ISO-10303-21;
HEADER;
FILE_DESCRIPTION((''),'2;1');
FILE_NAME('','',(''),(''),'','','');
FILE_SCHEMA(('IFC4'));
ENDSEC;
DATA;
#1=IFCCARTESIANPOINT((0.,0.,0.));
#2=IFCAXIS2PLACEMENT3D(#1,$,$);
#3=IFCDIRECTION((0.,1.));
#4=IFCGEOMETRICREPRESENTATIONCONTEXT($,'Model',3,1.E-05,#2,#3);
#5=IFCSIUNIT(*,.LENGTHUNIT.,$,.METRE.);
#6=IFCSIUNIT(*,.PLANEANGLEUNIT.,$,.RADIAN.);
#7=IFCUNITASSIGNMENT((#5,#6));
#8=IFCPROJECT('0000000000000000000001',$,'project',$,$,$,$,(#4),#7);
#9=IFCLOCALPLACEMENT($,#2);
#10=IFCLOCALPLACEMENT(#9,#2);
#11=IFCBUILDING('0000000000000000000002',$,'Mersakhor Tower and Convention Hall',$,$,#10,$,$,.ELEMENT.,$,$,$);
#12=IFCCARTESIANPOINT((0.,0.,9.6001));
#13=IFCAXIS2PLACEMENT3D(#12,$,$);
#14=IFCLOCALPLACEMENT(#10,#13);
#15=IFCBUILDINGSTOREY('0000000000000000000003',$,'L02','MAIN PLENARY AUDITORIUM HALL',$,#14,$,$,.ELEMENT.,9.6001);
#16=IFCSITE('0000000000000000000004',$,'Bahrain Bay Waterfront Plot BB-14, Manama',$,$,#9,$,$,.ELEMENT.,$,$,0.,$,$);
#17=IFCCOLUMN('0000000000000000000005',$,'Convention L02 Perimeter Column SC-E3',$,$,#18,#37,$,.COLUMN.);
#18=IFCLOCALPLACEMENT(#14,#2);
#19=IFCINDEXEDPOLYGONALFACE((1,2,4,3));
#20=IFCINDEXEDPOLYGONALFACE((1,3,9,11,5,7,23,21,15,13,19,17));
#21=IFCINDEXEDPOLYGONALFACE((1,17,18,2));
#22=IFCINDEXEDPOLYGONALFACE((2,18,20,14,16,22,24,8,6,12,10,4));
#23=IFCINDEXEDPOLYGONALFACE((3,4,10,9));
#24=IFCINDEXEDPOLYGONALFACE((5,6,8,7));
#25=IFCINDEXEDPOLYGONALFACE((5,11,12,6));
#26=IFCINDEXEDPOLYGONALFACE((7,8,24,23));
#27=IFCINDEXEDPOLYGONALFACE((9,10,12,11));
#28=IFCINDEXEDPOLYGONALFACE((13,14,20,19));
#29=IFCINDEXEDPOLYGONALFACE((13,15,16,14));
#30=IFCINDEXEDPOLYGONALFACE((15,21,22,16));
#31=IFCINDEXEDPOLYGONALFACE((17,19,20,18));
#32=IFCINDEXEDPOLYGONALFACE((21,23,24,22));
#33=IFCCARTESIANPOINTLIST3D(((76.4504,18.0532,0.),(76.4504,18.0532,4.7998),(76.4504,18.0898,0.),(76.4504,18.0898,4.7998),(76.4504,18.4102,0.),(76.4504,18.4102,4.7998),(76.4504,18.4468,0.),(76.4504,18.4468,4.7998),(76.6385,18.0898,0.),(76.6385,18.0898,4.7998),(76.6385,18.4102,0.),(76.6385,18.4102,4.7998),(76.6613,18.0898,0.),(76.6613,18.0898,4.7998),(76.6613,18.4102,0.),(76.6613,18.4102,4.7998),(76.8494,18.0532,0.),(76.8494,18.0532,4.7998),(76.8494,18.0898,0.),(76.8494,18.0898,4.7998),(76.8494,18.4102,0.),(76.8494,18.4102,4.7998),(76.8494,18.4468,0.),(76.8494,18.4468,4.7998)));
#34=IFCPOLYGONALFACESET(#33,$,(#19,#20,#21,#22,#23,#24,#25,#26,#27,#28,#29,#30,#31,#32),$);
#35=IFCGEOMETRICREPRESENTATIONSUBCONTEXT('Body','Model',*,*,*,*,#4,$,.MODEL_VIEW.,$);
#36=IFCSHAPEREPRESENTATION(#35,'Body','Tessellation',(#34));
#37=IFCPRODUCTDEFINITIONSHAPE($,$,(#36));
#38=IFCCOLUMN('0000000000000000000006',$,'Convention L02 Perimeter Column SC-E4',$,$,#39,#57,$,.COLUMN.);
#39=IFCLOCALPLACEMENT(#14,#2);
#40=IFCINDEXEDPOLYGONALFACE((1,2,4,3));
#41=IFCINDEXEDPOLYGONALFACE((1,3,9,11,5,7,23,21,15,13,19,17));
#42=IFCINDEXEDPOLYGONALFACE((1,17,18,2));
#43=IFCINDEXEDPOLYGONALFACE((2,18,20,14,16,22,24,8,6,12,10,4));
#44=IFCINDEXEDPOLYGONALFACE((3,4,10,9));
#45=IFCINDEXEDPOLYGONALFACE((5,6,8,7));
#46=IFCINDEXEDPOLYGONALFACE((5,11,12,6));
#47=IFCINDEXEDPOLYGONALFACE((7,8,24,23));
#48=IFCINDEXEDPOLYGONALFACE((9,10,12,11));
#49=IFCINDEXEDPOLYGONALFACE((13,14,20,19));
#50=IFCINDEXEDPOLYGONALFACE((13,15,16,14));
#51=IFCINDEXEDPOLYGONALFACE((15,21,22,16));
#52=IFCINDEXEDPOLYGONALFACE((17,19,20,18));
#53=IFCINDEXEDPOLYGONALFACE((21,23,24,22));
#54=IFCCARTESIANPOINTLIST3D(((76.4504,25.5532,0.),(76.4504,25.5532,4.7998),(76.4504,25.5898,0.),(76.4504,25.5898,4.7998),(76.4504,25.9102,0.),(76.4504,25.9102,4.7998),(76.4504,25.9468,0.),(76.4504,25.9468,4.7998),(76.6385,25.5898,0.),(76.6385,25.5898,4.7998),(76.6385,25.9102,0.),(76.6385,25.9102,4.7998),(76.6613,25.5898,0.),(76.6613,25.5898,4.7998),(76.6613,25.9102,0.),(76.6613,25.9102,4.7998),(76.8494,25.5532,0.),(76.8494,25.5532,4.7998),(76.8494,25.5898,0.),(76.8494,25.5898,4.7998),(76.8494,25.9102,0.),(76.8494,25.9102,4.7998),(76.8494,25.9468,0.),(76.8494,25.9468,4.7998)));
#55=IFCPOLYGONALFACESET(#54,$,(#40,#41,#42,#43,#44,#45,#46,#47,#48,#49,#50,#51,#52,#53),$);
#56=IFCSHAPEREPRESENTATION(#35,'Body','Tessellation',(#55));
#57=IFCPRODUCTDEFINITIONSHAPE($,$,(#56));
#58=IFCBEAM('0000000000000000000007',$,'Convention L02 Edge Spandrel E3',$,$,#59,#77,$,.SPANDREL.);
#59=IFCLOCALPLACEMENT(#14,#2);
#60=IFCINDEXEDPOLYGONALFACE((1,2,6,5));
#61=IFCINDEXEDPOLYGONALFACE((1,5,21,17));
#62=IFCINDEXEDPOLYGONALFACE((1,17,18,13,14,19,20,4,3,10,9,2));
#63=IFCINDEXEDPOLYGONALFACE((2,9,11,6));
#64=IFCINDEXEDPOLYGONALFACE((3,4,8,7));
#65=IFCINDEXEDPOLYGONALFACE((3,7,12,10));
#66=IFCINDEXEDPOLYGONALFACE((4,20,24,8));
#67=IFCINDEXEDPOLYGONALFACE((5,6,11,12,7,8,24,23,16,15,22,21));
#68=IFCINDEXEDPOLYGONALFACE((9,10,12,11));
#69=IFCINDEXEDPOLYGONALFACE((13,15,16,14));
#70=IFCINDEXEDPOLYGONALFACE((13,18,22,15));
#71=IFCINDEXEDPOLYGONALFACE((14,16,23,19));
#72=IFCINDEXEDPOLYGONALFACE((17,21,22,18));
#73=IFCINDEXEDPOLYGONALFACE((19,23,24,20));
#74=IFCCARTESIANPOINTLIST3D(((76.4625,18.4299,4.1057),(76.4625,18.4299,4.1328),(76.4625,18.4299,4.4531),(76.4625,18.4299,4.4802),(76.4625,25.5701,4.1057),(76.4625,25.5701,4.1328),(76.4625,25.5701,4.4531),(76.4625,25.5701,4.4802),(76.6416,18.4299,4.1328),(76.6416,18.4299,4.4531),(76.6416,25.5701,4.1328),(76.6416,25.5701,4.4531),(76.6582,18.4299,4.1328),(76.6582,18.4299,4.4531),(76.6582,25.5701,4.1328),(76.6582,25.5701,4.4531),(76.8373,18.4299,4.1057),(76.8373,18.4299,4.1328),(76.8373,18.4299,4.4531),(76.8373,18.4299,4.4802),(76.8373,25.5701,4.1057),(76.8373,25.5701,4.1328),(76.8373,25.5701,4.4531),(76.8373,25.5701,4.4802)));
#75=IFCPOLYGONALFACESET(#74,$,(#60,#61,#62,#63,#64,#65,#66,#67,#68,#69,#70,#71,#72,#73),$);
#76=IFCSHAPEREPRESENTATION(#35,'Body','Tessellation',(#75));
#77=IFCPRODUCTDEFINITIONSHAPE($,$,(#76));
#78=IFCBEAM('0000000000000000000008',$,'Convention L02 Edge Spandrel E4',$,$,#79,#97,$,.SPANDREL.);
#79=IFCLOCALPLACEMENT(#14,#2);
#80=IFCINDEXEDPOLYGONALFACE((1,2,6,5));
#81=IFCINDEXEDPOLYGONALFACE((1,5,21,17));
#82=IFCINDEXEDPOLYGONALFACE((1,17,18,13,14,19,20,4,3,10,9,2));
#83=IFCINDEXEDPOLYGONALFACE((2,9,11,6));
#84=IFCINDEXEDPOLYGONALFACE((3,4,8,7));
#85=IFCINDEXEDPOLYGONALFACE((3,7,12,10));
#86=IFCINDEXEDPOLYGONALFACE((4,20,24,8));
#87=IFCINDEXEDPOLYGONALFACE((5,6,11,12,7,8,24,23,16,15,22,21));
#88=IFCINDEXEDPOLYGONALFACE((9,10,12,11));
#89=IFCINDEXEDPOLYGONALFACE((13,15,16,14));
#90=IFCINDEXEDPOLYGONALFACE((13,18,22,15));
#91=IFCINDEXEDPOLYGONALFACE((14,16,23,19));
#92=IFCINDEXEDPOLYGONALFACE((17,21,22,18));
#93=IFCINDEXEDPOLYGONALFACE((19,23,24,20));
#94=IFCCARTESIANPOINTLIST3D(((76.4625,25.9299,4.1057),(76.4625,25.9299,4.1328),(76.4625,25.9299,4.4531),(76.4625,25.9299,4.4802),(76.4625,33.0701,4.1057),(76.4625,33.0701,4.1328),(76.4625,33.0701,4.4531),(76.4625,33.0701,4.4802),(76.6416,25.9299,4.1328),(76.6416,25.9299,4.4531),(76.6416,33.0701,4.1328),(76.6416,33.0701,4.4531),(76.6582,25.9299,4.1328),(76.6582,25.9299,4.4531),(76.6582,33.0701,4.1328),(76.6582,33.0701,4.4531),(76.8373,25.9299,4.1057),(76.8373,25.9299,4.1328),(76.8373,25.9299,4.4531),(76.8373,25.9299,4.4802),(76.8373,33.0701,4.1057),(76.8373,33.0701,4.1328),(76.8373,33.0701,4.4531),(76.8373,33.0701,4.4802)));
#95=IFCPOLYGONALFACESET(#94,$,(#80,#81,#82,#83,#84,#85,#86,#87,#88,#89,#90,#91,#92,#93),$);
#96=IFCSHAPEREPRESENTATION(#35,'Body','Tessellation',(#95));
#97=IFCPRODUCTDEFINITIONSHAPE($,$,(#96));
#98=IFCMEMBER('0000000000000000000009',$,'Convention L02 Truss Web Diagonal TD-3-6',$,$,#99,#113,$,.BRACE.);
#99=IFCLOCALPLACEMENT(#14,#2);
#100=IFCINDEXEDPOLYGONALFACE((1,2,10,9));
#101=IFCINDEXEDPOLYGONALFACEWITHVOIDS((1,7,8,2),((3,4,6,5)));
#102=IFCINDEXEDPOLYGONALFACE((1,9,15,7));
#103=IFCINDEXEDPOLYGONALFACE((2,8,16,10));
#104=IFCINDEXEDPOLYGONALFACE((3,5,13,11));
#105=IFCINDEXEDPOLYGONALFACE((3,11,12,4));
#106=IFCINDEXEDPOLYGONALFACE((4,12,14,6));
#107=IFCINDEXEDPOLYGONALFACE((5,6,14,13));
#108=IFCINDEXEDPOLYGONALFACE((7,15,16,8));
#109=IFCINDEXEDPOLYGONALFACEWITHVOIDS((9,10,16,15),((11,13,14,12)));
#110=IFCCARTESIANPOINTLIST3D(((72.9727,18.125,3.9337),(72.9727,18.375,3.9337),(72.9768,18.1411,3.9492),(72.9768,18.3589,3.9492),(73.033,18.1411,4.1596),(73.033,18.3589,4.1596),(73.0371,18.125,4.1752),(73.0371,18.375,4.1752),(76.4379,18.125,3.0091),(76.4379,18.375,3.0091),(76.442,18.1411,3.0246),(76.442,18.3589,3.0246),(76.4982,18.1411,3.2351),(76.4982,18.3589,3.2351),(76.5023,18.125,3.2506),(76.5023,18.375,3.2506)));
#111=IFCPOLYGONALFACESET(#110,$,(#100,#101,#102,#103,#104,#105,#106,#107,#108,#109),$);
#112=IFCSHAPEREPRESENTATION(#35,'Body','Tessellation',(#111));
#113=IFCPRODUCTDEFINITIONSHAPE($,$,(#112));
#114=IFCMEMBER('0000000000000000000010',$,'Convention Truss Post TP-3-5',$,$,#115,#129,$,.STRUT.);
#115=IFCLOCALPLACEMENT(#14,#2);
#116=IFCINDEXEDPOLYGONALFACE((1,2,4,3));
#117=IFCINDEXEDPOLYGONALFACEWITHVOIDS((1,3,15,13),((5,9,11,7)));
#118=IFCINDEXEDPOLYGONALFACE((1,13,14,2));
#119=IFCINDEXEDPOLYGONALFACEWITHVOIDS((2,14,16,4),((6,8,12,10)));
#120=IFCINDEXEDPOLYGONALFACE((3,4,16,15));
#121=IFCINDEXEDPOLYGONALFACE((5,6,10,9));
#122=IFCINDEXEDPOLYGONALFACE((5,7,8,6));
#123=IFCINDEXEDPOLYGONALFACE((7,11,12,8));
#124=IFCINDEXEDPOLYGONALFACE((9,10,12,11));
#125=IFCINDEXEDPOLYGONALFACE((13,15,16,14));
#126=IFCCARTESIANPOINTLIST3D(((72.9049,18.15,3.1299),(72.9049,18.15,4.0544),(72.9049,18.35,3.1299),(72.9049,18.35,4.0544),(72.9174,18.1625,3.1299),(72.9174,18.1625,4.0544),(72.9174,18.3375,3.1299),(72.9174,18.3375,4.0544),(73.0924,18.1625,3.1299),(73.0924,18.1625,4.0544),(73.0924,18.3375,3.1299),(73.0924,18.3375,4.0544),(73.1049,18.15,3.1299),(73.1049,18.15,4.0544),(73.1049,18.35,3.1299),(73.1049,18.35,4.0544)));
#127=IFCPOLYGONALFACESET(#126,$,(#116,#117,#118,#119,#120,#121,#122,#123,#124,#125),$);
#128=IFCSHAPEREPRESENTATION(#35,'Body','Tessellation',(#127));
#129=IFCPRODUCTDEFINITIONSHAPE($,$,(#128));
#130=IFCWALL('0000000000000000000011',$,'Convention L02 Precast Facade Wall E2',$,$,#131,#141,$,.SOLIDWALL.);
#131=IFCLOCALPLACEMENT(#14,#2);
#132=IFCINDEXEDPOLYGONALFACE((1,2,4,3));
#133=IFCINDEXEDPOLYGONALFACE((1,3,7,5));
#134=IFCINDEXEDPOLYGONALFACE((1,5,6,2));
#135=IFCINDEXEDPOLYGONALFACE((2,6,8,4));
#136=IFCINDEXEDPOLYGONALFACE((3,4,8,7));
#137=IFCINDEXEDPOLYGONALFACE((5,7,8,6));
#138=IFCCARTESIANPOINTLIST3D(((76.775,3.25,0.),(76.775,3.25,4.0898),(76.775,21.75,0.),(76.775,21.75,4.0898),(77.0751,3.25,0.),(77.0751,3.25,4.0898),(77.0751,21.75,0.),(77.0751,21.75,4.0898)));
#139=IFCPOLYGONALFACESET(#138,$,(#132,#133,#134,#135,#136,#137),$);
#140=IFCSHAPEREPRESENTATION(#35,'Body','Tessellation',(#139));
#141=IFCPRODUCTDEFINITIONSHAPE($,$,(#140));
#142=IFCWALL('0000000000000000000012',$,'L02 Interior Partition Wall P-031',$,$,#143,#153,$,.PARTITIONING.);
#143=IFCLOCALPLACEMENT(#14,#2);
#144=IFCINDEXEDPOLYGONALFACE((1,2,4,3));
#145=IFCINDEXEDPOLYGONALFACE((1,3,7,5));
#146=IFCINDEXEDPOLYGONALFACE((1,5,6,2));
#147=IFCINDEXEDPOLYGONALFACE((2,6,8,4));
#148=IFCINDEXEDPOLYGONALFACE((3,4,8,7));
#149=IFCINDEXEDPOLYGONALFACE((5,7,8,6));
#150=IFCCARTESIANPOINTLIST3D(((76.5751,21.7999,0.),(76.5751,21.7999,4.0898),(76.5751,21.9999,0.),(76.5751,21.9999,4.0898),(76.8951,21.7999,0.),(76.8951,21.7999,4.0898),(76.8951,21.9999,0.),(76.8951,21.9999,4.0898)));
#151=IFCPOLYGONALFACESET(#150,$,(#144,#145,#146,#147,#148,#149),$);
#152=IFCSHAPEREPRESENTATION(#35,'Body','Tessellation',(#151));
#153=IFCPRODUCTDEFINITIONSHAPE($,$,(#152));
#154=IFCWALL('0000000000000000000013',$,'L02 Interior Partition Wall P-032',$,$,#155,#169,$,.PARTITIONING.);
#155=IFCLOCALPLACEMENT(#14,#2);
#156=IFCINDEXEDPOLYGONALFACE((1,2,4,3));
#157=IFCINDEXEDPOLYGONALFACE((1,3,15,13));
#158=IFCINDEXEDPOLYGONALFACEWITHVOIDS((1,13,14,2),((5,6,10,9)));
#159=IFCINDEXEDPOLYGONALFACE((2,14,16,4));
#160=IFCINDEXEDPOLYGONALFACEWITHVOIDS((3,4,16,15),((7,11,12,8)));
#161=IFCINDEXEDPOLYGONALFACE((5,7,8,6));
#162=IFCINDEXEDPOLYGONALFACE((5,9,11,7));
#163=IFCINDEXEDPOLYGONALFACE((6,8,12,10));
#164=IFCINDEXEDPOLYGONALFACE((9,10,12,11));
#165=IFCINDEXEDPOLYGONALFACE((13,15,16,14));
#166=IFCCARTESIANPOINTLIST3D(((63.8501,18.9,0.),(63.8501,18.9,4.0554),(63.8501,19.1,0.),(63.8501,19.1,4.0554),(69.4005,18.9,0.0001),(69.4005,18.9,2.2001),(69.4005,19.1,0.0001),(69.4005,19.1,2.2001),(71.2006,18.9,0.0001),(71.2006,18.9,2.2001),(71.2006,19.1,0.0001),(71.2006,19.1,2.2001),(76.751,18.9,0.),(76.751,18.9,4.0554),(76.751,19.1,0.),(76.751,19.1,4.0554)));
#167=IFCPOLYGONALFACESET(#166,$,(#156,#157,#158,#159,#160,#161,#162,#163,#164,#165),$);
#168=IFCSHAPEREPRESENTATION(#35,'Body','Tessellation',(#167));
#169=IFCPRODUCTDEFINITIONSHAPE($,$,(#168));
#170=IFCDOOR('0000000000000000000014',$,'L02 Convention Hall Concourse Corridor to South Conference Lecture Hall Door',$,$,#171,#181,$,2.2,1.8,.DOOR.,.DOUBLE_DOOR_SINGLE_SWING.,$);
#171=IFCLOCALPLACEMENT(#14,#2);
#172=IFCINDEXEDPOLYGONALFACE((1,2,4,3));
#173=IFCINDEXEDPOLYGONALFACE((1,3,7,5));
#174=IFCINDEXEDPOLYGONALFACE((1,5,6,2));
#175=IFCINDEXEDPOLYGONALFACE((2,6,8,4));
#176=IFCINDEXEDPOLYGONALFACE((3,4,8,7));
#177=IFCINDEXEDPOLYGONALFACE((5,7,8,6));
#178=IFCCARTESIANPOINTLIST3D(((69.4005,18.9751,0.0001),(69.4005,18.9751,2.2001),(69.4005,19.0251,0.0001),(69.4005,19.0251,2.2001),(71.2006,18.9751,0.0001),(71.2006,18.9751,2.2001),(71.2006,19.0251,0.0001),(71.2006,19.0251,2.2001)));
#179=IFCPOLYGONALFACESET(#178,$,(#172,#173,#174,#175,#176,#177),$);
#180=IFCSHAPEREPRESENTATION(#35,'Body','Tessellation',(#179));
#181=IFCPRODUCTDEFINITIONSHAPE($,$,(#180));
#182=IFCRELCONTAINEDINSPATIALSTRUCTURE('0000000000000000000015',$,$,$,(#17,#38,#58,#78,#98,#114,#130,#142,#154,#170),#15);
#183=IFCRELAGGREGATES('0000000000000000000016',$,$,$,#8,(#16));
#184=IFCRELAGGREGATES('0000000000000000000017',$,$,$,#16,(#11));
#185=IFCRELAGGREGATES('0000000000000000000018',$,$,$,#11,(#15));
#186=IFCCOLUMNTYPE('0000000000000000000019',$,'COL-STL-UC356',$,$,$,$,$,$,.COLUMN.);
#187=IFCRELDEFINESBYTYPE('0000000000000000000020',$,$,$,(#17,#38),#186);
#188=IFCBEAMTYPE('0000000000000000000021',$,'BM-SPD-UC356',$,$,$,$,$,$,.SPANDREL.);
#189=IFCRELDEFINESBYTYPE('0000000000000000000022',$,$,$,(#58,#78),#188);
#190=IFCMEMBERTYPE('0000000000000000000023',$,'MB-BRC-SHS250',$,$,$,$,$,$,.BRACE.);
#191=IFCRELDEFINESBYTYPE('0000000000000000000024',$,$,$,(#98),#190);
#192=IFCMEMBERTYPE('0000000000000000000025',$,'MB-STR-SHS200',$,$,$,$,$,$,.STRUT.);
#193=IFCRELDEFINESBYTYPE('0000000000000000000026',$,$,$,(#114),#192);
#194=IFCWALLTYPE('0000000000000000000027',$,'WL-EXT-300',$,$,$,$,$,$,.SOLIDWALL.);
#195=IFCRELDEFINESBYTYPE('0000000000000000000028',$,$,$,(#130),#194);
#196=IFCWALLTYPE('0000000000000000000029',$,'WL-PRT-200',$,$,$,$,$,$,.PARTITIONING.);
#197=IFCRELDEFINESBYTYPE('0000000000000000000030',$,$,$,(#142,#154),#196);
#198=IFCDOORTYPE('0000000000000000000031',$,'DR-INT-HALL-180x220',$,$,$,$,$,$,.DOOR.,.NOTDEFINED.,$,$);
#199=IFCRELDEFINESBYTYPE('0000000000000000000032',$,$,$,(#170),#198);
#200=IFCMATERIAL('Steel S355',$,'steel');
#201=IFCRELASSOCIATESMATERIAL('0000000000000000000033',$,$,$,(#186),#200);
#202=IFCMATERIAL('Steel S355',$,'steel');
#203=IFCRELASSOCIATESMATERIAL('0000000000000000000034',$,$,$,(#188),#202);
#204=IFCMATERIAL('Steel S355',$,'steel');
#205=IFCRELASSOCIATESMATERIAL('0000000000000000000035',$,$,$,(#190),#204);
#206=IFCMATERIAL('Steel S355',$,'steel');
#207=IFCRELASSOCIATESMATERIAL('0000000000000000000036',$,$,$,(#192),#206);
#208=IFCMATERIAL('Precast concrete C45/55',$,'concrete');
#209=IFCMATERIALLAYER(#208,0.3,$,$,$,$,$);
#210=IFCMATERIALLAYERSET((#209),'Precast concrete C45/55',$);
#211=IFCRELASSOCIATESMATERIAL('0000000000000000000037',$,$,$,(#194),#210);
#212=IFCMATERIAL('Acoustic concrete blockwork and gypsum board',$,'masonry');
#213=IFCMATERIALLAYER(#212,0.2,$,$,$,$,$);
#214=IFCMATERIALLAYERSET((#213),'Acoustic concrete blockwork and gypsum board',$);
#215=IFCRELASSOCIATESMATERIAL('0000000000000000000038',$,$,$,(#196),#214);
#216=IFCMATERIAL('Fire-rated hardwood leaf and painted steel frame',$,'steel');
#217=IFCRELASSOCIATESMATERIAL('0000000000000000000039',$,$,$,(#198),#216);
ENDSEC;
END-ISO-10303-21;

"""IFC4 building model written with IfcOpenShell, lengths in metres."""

from ifc_helpers import new_model, si_unit, direction, frame, frame_2d, origin, origin_2d, place, context, subcontext, project, spatial, rectangle, hollow_rectangle, i_section, extrude, material, layer, layer_set, material_profile, profile_set, type_object, element, fill, save


model = new_model("IFC4")

# Units and contexts
model_context = context("Model", 3, precision=1e-05, world=origin(), true_north=direction((0.0, 1.0)))
body_context = subcontext(model_context, "Body", "Model", "MODEL_VIEW")
ifc_project = project(units=[si_unit("LENGTHUNIT", "METRE"), si_unit("PLANEANGLEUNIT", "RADIAN")], contexts=[model_context])

# Site, building, storey
site_placement = place(None, origin())
site = spatial("IfcSite", under=ifc_project, at=site_placement, Name="Bahrain Bay Waterfront Plot BB-14, Manama", CompositionType="ELEMENT", RefElevation=0.0)
building_placement = place(site_placement, origin())
building = spatial("IfcBuilding", under=site, at=building_placement, Name="Mersakhor Tower and Convention Hall", CompositionType="ELEMENT")
storey_placement = place(building_placement, frame((0.0, 0.0, 9.6001)))
storey = spatial("IfcBuildingStorey", under=building, at=storey_placement, Name="L02", Description="MAIN PLENARY AUDITORIUM HALL", CompositionType="ELEMENT", Elevation=9.6001)

# Columns
ifc_material_1 = material(Name="Steel S355", Category="steel")
ifc_material_profile_1 = material_profile(ifc_material_1, i_section(OverallWidth=0.3989, OverallDepth=0.3936, WebThickness=0.0227, FlangeThickness=0.0366, at=origin_2d()), Name="UC 356x406x287")
ifc_profile_set_1 = profile_set([ifc_material_profile_1], Name="Steel S355")
column_type = type_object("IfcColumnType", Name="COL-STL-UC356", PredefinedType="COLUMN", material=ifc_profile_set_1)
for number, where, z_axis, x_axis, name in (
    (1, (76.6499, 18.25, 0.0), (0.0, 0.0, 1.0), (1.0, 0.0, 0.0), "Convention L02 Perimeter Column SC-E3"),
    (2, (76.6499, 25.75, 0.0), (0.0, 0.0, 1.0), (1.0, 0.0, 0.0), "Convention L02 Perimeter Column SC-E4"),
):
    element("IfcColumn", number, at=place(storey_placement, frame(where, z_axis=z_axis, x_axis=x_axis)), inside=storey, type_object=column_type, Name=name, PredefinedType="COLUMN", context=body_context, shape_type="SweptSolid", body=[
        extrude(i_section(OverallWidth=0.3989, OverallDepth=0.3936, WebThickness=0.0227, FlangeThickness=0.0366, at=origin_2d()), origin(), (0.0, 0.0, 1.0), 4.7998),
    ])

# Beams
ifc_material_2 = material(Name="Steel S355", Category="steel")
ifc_material_profile_2 = material_profile(ifc_material_2, i_section(OverallWidth=0.3748, OverallDepth=0.3745, WebThickness=0.0166, FlangeThickness=0.0271, at=origin_2d()), Name="UC 356x368x202")
ifc_profile_set_2 = profile_set([ifc_material_profile_2], Name="Steel S355")
beam_type = type_object("IfcBeamType", Name="BM-SPD-UC356", PredefinedType="SPANDREL", material=ifc_profile_set_2)
for number, where, z_axis, x_axis, name in (
    (3, (76.6499, 18.4299, 4.293), (0.0, 1.0, 0.0), (-1.0, 0.0, 0.0), "Convention L02 Edge Spandrel E3"),
    (4, (76.6499, 25.9299, 4.293), (0.0, 1.0, 0.0), (-1.0, 0.0, 0.0), "Convention L02 Edge Spandrel E4"),
):
    element("IfcBeam", number, at=place(storey_placement, frame(where, z_axis=z_axis, x_axis=x_axis)), inside=storey, type_object=beam_type, Name=name, PredefinedType="SPANDREL", context=body_context, shape_type="SweptSolid", body=[
        extrude(i_section(OverallWidth=0.3748, OverallDepth=0.3745, WebThickness=0.0166, FlangeThickness=0.0271, at=origin_2d()), origin(), (0.0, 0.0, 1.0), 7.1401),
    ])

# Members
ifc_material_3 = material(Name="Steel S355", Category="steel")
ifc_material_profile_3 = material_profile(ifc_material_3, hollow_rectangle(XDim=0.25, YDim=0.25, WallThickness=0.0161, at=origin_2d()), Name="SHS 250x250x16")
ifc_profile_set_3 = profile_set([ifc_material_profile_3], Name="Steel S355")
member_type_1 = type_object("IfcMemberType", Name="MB-BRC-SHS250", PredefinedType="BRACE", material=ifc_profile_set_3)
member_1_placement = place(storey_placement, frame((73.0049, 18.25, 4.0544), z_axis=(0.966198, 0.0, -0.257802), x_axis=(0.0, 1.0, 0.0)))
element("IfcMember", 5, at=member_1_placement, inside=storey, type_object=member_type_1, Name="Convention L02 Truss Web Diagonal TD-3-6", PredefinedType="BRACE", context=body_context, shape_type="SweptSolid", body=[
    extrude(hollow_rectangle(XDim=0.25, YDim=0.25, WallThickness=0.0161, at=origin_2d()), origin(), (0.0, 0.0, 1.0), 3.5864),
])
ifc_material_4 = material(Name="Steel S355", Category="steel")
ifc_material_profile_4 = material_profile(ifc_material_4, hollow_rectangle(XDim=0.2, YDim=0.2, WallThickness=0.0125, at=origin_2d()), Name="SHS 200x200x12.5")
ifc_profile_set_4 = profile_set([ifc_material_profile_4], Name="Steel S355")
member_type_2 = type_object("IfcMemberType", Name="MB-STR-SHS200", PredefinedType="STRUT", material=ifc_profile_set_4)
member_2_placement = place(storey_placement, frame((73.0049, 18.25, 3.1299), z_axis=(0.0, 0.0, 1.0), x_axis=(1.0, 0.0, 0.0)))
element("IfcMember", 6, at=member_2_placement, inside=storey, type_object=member_type_2, Name="Convention Truss Post TP-3-5", PredefinedType="STRUT", context=body_context, shape_type="SweptSolid", body=[
    extrude(hollow_rectangle(XDim=0.2, YDim=0.2, WallThickness=0.0125, at=origin_2d()), origin(), (0.0, 0.0, 1.0), 0.9246),
])

# Walls
ifc_material_5 = material(Name="Precast concrete C45/55", Category="concrete")
ifc_layer_1 = layer(ifc_material_5, 0.3)
ifc_layer_set_1 = layer_set([ifc_layer_1], Name="Precast concrete C45/55")
wall_type_1 = type_object("IfcWallType", Name="WL-EXT-300", PredefinedType="SOLIDWALL", material=ifc_layer_set_1)
wall_1_placement = place(storey_placement, frame((76.925, 21.75, 0.0), z_axis=(0.0, 0.0, 1.0), x_axis=(0.0, -1.0, 0.0)))
element("IfcWall", 7, at=wall_1_placement, inside=storey, type_object=wall_type_1, Name="Convention L02 Precast Facade Wall E2", PredefinedType="SOLIDWALL", context=body_context, shape_type="SweptSolid", body=[
    extrude(rectangle(XDim=18.5, YDim=0.3, at=frame_2d((9.25, 0.0))), origin(), (0.0, 0.0, 1.0), 4.0898),
])
ifc_material_6 = material(Name="Acoustic concrete blockwork and gypsum board", Category="masonry")
ifc_layer_2 = layer(ifc_material_6, 0.2)
ifc_layer_set_2 = layer_set([ifc_layer_2], Name="Acoustic concrete blockwork and gypsum board")
wall_type_2 = type_object("IfcWallType", Name="WL-PRT-200", PredefinedType="PARTITIONING", material=ifc_layer_set_2)
wall_2_placement = place(storey_placement, frame((76.575, 21.8999, 0.0), z_axis=(0.0, 0.0, 1.0), x_axis=(1.0, 0.0, 0.0)))
element("IfcWall", 8, at=wall_2_placement, inside=storey, type_object=wall_type_2, Name="L02 Interior Partition Wall P-031", PredefinedType="PARTITIONING", context=body_context, shape_type="SweptSolid", body=[
    extrude(rectangle(XDim=0.3201, YDim=0.2, at=frame_2d((0.1602, 0.0))), origin(), (0.0, 0.0, 1.0), 4.0898),
])

# Wall, opening, door
wall_3_placement = place(storey_placement, frame((76.751, 19.0, 0.0), z_axis=(0.0, 0.0, 1.0), x_axis=(-1.0, 0.0, 0.0)))
wall_3 = element("IfcWall", 9, at=wall_3_placement, inside=storey, type_object=wall_type_2, Name="L02 Interior Partition Wall P-032", PredefinedType="PARTITIONING", context=body_context, shape_type="SweptSolid", body=[
    extrude(rectangle(XDim=12.9009, YDim=0.2, at=frame_2d((6.4504, 0.0))), origin(), (0.0, 0.0, 1.0), 4.0554),
])
opening_1_placement = place(wall_3_placement, frame((5.5505, 0.0, 0.0)))
opening_1 = element("IfcOpeningElement", 10, at=opening_1_placement, cuts=wall_3, PredefinedType="OPENING", context=body_context, shape_type="SweptSolid", body=[
    extrude(rectangle(XDim=1.8, YDim=2.2, at=frame_2d((0.8999, 1.1001))), frame((0.0, 0.1099, 0.0), z_axis=(0.0, -1.0, 0.0), x_axis=(1.0, 0.0, 0.0)), (0.0, 0.0, 1.0), 0.22),
])
ifc_material_7 = material(Name="Fire-rated hardwood leaf and painted steel frame", Category="steel")
door_type_1 = type_object("IfcDoorType", Name="DR-INT-HALL-180x220", OperationType="NOTDEFINED", PredefinedType="DOOR", material=ifc_material_7)
door_1_placement = place(opening_1_placement, origin())
door_1 = element("IfcDoor", 11, at=door_1_placement, inside=storey, type_object=door_type_1, Name="L02 Convention Hall Concourse Corridor to South Conference Lecture Hall Door", OperationType="DOUBLE_DOOR_SINGLE_SWING", OverallHeight=2.2, OverallWidth=1.8, PredefinedType="DOOR", context=body_context, shape_type="SweptSolid", body=[
    extrude(rectangle(XDim=1.8, YDim=2.2, at=frame_2d((0.8999, 1.1001))), frame((0.0, 0.0249, 0.0), z_axis=(0.0, -1.0, 0.0), x_axis=(1.0, 0.0, 0.0)), (0.0, 0.0, 1.0), 0.05),
])
fill(opening_1, door_1)

save(model, "model.ifc")
